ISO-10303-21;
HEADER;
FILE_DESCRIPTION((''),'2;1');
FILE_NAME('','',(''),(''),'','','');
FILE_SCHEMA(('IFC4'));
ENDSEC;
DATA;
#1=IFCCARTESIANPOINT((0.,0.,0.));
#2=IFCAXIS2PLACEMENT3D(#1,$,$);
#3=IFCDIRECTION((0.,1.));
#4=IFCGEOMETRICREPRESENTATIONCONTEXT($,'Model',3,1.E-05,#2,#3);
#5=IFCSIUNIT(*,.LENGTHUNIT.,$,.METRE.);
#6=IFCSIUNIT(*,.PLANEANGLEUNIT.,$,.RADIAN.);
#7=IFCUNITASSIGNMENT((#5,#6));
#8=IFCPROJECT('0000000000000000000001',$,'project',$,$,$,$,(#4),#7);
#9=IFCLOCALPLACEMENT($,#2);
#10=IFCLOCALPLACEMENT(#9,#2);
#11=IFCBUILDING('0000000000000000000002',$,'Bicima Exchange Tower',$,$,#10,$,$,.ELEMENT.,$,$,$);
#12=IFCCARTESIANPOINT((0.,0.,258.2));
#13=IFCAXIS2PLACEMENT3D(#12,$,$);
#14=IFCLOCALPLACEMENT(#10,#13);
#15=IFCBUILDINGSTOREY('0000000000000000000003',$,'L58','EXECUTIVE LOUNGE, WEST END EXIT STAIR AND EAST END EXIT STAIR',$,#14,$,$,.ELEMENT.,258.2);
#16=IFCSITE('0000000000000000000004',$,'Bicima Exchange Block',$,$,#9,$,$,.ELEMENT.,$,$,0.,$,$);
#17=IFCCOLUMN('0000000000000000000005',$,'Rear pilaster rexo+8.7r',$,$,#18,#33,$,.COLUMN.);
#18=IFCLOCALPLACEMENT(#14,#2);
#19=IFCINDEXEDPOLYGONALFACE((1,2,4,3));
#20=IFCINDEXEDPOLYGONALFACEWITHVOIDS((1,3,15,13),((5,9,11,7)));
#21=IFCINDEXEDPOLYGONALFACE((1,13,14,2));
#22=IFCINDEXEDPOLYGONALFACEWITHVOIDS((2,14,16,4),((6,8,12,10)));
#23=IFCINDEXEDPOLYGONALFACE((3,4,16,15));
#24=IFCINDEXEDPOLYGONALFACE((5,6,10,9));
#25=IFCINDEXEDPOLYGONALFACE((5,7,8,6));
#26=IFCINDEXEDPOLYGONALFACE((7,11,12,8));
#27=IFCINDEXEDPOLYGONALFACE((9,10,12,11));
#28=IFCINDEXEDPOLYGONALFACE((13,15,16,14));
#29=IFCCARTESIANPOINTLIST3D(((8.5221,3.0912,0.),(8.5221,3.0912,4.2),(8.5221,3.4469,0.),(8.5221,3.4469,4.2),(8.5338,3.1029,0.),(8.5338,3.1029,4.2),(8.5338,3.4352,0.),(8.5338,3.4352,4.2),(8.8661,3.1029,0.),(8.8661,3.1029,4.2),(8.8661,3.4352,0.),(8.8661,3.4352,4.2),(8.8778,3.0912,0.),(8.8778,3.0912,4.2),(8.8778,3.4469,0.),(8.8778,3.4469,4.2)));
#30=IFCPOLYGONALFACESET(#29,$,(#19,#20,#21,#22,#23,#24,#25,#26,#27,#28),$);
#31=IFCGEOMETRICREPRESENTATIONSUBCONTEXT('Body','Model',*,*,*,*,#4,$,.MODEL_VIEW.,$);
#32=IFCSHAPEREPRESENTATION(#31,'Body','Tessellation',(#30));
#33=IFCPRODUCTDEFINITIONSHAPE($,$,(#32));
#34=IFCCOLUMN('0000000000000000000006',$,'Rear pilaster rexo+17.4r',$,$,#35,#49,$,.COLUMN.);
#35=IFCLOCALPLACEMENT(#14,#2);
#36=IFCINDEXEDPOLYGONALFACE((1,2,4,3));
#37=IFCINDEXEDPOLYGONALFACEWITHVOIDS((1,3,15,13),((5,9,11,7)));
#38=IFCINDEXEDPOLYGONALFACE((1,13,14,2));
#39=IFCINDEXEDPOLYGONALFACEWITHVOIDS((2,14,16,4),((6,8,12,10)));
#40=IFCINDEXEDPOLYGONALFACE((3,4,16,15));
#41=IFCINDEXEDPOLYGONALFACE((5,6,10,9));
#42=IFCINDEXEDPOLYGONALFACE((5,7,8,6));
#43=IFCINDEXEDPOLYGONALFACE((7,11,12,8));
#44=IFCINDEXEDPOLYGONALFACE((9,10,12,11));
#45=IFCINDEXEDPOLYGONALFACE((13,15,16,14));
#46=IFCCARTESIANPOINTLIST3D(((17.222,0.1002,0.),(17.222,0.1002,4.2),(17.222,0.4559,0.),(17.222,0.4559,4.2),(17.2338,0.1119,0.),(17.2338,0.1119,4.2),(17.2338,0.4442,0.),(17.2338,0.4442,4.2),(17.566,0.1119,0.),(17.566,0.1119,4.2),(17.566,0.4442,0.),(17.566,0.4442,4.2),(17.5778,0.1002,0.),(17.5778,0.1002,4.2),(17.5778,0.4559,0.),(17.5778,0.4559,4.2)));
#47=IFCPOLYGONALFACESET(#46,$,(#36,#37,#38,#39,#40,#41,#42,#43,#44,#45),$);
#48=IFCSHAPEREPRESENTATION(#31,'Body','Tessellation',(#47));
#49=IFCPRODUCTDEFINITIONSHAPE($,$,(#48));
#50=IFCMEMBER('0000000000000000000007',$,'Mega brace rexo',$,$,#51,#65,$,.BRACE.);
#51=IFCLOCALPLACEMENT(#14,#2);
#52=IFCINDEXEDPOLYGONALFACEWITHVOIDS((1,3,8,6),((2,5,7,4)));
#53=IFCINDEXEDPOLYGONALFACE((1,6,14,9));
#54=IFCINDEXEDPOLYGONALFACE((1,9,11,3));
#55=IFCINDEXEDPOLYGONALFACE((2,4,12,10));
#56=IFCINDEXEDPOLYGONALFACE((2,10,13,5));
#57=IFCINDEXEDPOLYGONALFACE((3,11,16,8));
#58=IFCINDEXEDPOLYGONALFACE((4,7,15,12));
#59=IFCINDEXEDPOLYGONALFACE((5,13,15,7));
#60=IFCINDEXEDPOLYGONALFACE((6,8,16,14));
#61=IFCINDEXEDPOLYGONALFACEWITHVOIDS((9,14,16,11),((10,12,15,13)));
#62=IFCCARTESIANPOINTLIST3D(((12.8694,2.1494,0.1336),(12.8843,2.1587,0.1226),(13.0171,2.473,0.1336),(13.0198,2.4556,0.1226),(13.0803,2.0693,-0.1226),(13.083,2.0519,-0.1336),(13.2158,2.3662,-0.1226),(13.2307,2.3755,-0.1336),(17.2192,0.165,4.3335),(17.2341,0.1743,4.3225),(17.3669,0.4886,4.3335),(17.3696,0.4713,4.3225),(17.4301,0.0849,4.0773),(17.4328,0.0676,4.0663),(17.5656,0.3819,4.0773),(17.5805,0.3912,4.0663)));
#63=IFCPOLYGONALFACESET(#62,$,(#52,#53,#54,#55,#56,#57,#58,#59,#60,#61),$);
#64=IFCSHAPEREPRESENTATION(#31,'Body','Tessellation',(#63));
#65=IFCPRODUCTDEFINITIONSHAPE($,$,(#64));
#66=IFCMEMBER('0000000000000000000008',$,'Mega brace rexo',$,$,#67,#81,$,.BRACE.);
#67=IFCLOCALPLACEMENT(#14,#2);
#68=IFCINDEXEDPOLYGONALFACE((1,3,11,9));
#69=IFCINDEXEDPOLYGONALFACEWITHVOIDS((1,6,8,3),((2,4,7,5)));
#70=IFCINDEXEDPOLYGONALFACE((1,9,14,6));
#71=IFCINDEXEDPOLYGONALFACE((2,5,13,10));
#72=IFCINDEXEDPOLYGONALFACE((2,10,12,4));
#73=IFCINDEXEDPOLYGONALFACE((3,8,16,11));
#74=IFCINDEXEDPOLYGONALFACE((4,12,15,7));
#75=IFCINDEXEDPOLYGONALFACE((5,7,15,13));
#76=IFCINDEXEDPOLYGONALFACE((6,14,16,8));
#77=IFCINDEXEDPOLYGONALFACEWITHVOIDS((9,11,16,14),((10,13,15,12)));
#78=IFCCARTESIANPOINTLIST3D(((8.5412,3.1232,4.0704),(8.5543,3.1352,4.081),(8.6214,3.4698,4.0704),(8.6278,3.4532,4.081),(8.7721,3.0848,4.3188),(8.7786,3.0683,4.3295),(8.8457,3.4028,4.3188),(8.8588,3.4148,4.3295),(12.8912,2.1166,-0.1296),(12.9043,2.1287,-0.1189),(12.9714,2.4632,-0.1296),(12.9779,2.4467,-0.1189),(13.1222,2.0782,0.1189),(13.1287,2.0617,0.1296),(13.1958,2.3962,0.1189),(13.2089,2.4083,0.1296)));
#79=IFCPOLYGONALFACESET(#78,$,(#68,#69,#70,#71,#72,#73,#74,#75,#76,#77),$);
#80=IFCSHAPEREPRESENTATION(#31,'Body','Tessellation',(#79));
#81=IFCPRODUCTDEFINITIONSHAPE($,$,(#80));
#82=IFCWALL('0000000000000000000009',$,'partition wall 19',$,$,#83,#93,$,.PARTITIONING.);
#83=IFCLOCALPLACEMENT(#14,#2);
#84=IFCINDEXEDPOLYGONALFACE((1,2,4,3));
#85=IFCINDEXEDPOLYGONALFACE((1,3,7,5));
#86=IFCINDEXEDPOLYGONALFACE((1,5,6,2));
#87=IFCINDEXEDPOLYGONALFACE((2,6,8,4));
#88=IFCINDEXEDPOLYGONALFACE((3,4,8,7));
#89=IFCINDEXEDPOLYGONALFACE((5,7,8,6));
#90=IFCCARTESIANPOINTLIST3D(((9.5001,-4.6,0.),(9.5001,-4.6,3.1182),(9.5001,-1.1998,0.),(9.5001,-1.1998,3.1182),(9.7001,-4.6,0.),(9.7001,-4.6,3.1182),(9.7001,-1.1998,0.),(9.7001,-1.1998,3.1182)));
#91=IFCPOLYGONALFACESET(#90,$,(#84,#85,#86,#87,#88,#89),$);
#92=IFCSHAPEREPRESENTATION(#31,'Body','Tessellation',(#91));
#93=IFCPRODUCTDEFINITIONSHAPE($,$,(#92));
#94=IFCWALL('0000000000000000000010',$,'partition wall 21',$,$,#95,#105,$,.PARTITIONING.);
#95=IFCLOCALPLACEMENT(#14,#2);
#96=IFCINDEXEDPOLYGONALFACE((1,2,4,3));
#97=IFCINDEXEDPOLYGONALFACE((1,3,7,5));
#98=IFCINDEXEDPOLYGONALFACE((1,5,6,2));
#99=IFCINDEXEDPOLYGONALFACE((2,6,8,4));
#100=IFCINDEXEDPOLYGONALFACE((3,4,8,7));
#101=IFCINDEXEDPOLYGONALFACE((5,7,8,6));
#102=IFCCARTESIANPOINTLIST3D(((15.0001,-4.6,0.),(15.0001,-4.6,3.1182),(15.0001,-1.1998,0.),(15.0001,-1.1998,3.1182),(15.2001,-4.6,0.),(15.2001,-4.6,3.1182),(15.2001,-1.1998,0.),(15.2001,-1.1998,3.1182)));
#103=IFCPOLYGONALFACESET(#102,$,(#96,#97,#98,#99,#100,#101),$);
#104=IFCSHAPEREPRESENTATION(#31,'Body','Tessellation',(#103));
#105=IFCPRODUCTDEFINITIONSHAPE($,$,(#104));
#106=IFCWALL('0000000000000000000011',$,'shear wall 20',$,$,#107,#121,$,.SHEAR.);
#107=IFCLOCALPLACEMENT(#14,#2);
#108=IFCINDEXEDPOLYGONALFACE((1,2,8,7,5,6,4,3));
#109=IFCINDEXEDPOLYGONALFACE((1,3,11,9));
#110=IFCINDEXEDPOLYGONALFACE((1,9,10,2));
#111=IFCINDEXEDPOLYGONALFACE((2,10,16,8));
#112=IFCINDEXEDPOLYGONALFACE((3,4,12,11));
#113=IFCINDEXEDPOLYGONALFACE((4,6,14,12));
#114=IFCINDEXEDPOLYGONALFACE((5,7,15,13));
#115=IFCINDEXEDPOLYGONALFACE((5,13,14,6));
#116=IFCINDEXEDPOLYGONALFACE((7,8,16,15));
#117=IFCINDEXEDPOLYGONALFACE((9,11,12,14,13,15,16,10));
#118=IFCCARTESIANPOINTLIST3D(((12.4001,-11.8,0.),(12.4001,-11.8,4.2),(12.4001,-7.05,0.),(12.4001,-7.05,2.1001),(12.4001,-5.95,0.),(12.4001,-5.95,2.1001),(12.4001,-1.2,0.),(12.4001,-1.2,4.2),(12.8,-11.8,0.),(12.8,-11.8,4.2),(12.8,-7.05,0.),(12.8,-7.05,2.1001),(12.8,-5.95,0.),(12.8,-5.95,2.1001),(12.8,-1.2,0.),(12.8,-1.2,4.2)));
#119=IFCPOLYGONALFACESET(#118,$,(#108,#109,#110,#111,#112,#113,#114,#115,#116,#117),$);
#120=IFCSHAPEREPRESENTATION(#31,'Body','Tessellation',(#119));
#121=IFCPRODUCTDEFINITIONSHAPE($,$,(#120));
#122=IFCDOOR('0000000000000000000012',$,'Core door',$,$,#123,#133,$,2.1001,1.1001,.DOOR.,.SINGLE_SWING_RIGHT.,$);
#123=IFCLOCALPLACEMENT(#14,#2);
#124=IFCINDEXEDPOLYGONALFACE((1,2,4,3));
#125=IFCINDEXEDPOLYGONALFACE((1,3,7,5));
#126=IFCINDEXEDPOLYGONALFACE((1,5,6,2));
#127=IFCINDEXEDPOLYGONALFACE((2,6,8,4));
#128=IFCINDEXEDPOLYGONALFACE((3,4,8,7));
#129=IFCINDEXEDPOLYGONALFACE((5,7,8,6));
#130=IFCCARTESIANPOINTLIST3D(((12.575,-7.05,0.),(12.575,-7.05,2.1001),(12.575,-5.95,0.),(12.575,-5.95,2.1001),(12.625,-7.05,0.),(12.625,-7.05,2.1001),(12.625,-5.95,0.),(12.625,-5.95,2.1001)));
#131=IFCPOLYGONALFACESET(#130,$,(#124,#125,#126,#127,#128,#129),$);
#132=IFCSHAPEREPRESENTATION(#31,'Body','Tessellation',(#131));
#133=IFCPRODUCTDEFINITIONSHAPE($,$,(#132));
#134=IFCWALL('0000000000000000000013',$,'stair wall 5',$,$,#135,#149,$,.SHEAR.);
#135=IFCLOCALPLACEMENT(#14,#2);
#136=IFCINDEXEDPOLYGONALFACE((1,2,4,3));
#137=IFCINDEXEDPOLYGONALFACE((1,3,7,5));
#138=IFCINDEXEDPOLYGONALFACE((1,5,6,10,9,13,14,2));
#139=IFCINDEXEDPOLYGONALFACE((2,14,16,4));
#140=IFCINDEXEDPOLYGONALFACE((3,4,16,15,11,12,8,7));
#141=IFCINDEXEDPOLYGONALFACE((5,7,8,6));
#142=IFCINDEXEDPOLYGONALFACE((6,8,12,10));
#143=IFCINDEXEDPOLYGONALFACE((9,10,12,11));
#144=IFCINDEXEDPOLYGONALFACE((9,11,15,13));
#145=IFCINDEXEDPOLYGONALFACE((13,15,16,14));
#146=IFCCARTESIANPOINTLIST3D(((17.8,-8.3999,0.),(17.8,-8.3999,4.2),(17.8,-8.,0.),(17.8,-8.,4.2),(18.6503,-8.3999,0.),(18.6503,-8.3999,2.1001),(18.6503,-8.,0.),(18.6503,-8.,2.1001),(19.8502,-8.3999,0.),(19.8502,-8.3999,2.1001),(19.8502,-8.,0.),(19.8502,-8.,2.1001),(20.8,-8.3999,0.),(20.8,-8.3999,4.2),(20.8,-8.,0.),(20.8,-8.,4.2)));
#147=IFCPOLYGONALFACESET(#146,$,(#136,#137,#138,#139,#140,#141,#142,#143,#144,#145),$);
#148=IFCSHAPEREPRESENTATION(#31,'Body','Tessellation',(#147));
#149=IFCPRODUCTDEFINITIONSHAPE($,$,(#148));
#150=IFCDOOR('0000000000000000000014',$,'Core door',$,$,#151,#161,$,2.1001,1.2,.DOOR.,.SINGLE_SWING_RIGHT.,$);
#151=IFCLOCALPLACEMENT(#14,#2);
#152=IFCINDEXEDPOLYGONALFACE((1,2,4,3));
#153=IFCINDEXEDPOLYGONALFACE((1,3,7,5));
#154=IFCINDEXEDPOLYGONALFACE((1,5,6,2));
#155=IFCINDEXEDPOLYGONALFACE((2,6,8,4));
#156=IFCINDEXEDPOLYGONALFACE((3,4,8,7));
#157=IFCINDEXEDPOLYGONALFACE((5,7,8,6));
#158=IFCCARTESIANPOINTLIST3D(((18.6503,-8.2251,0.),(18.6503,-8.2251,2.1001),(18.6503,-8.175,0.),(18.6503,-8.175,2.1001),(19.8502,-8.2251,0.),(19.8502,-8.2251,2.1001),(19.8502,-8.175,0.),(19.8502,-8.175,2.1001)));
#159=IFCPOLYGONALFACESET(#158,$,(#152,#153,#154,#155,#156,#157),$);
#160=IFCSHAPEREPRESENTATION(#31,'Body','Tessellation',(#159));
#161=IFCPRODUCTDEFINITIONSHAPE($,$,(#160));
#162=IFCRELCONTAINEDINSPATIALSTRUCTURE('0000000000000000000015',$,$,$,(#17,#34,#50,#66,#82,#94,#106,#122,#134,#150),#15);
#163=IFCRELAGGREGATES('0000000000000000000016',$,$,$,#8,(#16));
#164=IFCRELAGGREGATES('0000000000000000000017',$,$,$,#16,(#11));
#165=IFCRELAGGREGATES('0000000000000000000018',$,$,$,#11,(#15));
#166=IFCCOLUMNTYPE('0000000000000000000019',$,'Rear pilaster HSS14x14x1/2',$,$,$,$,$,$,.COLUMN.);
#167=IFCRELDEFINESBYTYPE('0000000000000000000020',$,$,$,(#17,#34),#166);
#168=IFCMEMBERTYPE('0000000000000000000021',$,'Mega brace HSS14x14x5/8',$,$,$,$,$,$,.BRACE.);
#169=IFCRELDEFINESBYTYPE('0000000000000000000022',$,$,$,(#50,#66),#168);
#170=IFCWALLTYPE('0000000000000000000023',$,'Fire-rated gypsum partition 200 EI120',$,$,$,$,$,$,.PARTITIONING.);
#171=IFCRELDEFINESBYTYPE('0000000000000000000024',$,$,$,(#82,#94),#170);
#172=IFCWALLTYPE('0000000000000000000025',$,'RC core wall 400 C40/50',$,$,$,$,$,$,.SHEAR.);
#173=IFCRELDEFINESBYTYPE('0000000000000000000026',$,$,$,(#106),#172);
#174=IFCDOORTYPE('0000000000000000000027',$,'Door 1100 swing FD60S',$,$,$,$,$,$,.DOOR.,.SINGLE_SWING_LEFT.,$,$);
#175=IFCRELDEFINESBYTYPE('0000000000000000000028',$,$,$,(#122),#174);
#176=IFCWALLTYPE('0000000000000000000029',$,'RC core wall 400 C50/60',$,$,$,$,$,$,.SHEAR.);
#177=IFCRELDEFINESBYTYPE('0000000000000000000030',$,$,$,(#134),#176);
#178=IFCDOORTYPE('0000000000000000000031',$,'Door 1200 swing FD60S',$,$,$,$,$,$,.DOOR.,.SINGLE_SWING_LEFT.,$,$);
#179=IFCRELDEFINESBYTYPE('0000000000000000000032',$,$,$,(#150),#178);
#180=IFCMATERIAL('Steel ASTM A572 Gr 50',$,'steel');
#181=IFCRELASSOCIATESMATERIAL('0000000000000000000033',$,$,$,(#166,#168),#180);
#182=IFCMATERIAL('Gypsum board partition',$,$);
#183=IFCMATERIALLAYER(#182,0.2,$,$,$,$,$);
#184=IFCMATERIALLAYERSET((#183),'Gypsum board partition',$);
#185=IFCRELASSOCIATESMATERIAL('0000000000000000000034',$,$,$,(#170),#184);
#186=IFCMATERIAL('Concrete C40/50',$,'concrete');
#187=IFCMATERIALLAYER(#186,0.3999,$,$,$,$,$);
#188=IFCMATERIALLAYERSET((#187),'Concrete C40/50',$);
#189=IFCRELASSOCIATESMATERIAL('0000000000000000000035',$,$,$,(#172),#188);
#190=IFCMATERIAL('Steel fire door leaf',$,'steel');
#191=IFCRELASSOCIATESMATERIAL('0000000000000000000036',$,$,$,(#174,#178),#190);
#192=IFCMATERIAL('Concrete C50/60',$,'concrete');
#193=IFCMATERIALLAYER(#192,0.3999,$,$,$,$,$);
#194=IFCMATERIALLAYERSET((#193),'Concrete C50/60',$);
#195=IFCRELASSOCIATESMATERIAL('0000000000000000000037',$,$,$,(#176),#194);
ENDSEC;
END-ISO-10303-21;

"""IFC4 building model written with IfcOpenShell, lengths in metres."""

from ifc_helpers import new_model, si_unit, direction, frame, frame_2d, origin, origin_2d, place, context, subcontext, project, spatial, rectangle, hollow_rectangle, extrude, material, layer, layer_set, material_profile, profile_set, type_object, element, fill, save


model = new_model("IFC4")

# Units and contexts
model_context = context("Model", 3, precision=1e-05, world=origin(), true_north=direction((0.0, 1.0)))
body_context = subcontext(model_context, "Body", "Model", "MODEL_VIEW")
ifc_project = project(units=[si_unit("LENGTHUNIT", "METRE"), si_unit("PLANEANGLEUNIT", "RADIAN")], contexts=[model_context])

# Site, building, storey
site_placement = place(None, origin())
site = spatial("IfcSite", under=ifc_project, at=site_placement, Name="Bicima Exchange Block", CompositionType="ELEMENT", RefElevation=0.0)
building_placement = place(site_placement, origin())
building = spatial("IfcBuilding", under=site, at=building_placement, Name="Bicima Exchange Tower", CompositionType="ELEMENT")
storey_placement = place(building_placement, frame((0.0, 0.0, 258.2)))
storey = spatial("IfcBuildingStorey", under=building, at=storey_placement, Name="L58", Description="EXECUTIVE LOUNGE, WEST END EXIT STAIR AND EAST END EXIT STAIR", CompositionType="ELEMENT", Elevation=258.2)

# Columns
ifc_material_1 = material(Name="Steel ASTM A572 Gr 50", Category="steel")
ifc_material_profile_1 = material_profile(ifc_material_1, hollow_rectangle(XDim=0.3557, YDim=0.3557, WallThickness=0.0117, at=origin_2d()))
ifc_profile_set_1 = profile_set([ifc_material_profile_1], Name="Steel ASTM A572 Gr 50")
column_type = type_object("IfcColumnType", Name="Rear pilaster HSS14x14x1/2", PredefinedType="COLUMN", material=ifc_profile_set_1)
for number, where, z_axis, x_axis, name in (
    (1, (8.7, 3.269, 0.0), (0.0, 0.0, 1.0), (1.0, 0.0, 0.0), "Rear pilaster rexo+8.7r"),
    (2, (17.3999, 0.2781, 0.0), (0.0, 0.0, 1.0), (1.0, 0.0, 0.0), "Rear pilaster rexo+17.4r"),
):
    element("IfcColumn", number, at=place(storey_placement, frame(where, z_axis=z_axis, x_axis=x_axis)), inside=storey, type_object=column_type, Name=name, PredefinedType="COLUMN", context=body_context, shape_type="SweptSolid", body=[
        extrude(hollow_rectangle(XDim=0.3557, YDim=0.3557, WallThickness=0.0117, at=origin_2d()), origin(), (0.0, 0.0, 1.0), 4.2),
    ])

# Members
ifc_material_profile_2 = material_profile(ifc_material_1, hollow_rectangle(XDim=0.3557, YDim=0.3557, WallThickness=0.0146, at=origin_2d()))
ifc_profile_set_2 = profile_set([ifc_material_profile_2], Name="Steel ASTM A572 Gr 50")
member_type = type_object("IfcMemberType", Name="Mega brace HSS14x14x5/8", PredefinedType="BRACE", material=ifc_profile_set_2)
member_1_placement = place(storey_placement, frame((13.05, 2.2625, 0.0), z_axis=(0.683526, -0.31182, 0.65997), x_axis=(0.415045, 0.909801, 0.0)))
element("IfcMember", 3, at=member_1_placement, inside=storey, type_object=member_type, Name="Mega brace rexo", PredefinedType="BRACE", context=body_context, shape_type="SweptSolid", body=[
    extrude(hollow_rectangle(XDim=0.3557, YDim=0.3557, WallThickness=0.0146, at=origin_2d()), origin(), (0.0, 0.0, 1.0), 6.3638),
])
member_2_placement = place(storey_placement, frame((13.05, 2.2625, 0.0), z_axis=(-0.709648, 0.164209, 0.685154), x_axis=(-0.225439, -0.974257, 0.0)))
element("IfcMember", 4, at=member_2_placement, inside=storey, type_object=member_type, Name="Mega brace rexo", PredefinedType="BRACE", context=body_context, shape_type="SweptSolid", body=[
    extrude(hollow_rectangle(XDim=0.3557, YDim=0.3557, WallThickness=0.0146, at=origin_2d()), origin(), (0.0, 0.0, 1.0), 6.1299),
])

# Walls
ifc_material_2 = material(Name="Gypsum board partition")
ifc_layer_1 = layer(ifc_material_2, 0.2)
ifc_layer_set_1 = layer_set([ifc_layer_1], Name="Gypsum board partition")
wall_type_1 = type_object("IfcWallType", Name="Fire-rated gypsum partition 200 EI120", PredefinedType="PARTITIONING", material=ifc_layer_set_1)
for number, where, z_axis, x_axis, name in (
    (5, (9.6001, -4.6001, 0.0), (0.0, 0.0, 1.0), (0.0, 1.0, 0.0), "partition wall 19"),
    (6, (15.1001, -4.6001, 0.0), (0.0, 0.0, 1.0), (0.0, 1.0, 0.0), "partition wall 21"),
):
    element("IfcWall", number, at=place(storey_placement, frame(where, z_axis=z_axis, x_axis=x_axis)), inside=storey, type_object=wall_type_1, Name=name, PredefinedType="PARTITIONING", context=body_context, shape_type="SweptSolid", body=[
        extrude(rectangle(XDim=3.4001, YDim=0.2, at=frame_2d((1.7002, 0.0))), origin(), (0.0, 0.0, 1.0), 3.1182),
    ])

# Walls, openings, doors
ifc_material_3 = material(Name="Concrete C40/50", Category="concrete")
ifc_layer_2 = layer(ifc_material_3, 0.3999)
ifc_layer_set_2 = layer_set([ifc_layer_2], Name="Concrete C40/50")
wall_type_2 = type_object("IfcWallType", Name="RC core wall 400 C40/50", PredefinedType="SHEAR", material=ifc_layer_set_2)
wall_1_placement = place(storey_placement, frame((12.6001, -11.8, 0.0), z_axis=(0.0, 0.0, 1.0), x_axis=(0.0, 1.0, 0.0)))
wall_1 = element("IfcWall", 7, at=wall_1_placement, inside=storey, type_object=wall_type_2, Name="shear wall 20", PredefinedType="SHEAR", context=body_context, shape_type="SweptSolid", body=[
    extrude(rectangle(XDim=10.6001, YDim=0.3999, at=frame_2d((5.3, 0.0))), origin(), (0.0, 0.0, 1.0), 4.2),
])
opening_1_placement = place(wall_1_placement, frame((4.75, 0.0, 0.0)))
opening_1 = element("IfcOpeningElement", 8, at=opening_1_placement, cuts=wall_1, PredefinedType="OPENING", context=body_context, shape_type="SweptSolid", body=[
    extrude(rectangle(XDim=1.1001, YDim=2.1001, at=frame_2d((0.55, 1.05))), frame((0.0, 0.2119, 0.0), z_axis=(0.0, -1.0, 0.0), x_axis=(1.0, 0.0, 0.0)), (0.0, 0.0, 1.0), 0.4238),
])
ifc_material_4 = material(Name="Steel fire door leaf", Category="steel")
door_type_1 = type_object("IfcDoorType", Name="Door 1100 swing FD60S", OperationType="SINGLE_SWING_LEFT", PredefinedType="DOOR", material=ifc_material_4)
door_1_placement = place(opening_1_placement, frame((1.1001, 0.0, 0.0), z_axis=(0.0, 0.0, 1.0), x_axis=(-1.0, 0.0, 0.0)))
door_1 = element("IfcDoor", 9, at=door_1_placement, inside=storey, type_object=door_type_1, Name="Core door", OperationType="SINGLE_SWING_RIGHT", OverallHeight=2.1001, OverallWidth=1.1001, PredefinedType="DOOR", context=body_context, shape_type="SweptSolid", body=[
    extrude(rectangle(XDim=1.1001, YDim=2.1001, at=frame_2d((0.55, 1.05))), frame((0.0, 0.0249, 0.0), z_axis=(0.0, -1.0, 0.0), x_axis=(1.0, 0.0, 0.0)), (0.0, 0.0, 1.0), 0.05),
])
fill(opening_1, door_1)
ifc_material_5 = material(Name="Concrete C50/60", Category="concrete")
ifc_layer_3 = layer(ifc_material_5, 0.3999)
ifc_layer_set_3 = layer_set([ifc_layer_3], Name="Concrete C50/60")
wall_type_3 = type_object("IfcWallType", Name="RC core wall 400 C50/60", PredefinedType="SHEAR", material=ifc_layer_set_3)
wall_2_placement = place(storey_placement, frame((17.8, -8.2, 0.0), z_axis=(0.0, 0.0, 1.0), x_axis=(1.0, 0.0, 0.0)))
wall_2 = element("IfcWall", 10, at=wall_2_placement, inside=storey, type_object=wall_type_3, Name="stair wall 5", PredefinedType="SHEAR", context=body_context, shape_type="SweptSolid", body=[
    extrude(rectangle(XDim=3.0, YDim=0.3999, at=frame_2d((1.5, 0.0))), origin(), (0.0, 0.0, 1.0), 4.2),
])
opening_2_placement = place(wall_2_placement, frame((0.8501, 0.0, 0.0)))
opening_2 = element("IfcOpeningElement", 11, at=opening_2_placement, cuts=wall_2, PredefinedType="OPENING", context=body_context, shape_type="SweptSolid", body=[
    extrude(rectangle(XDim=1.2, YDim=2.1001, at=frame_2d((0.6001, 1.05))), frame((0.0, 0.2119, 0.0), z_axis=(0.0, -1.0, 0.0), x_axis=(1.0, 0.0, 0.0)), (0.0, 0.0, 1.0), 0.4238),
])
door_type_2 = type_object("IfcDoorType", Name="Door 1200 swing FD60S", OperationType="SINGLE_SWING_LEFT", PredefinedType="DOOR", material=ifc_material_4)
door_2_placement = place(opening_2_placement, origin())
door_2 = element("IfcDoor", 12, at=door_2_placement, inside=storey, type_object=door_type_2, Name="Core door", OperationType="SINGLE_SWING_RIGHT", OverallHeight=2.1001, OverallWidth=1.2, PredefinedType="DOOR", context=body_context, shape_type="SweptSolid", body=[
    extrude(rectangle(XDim=1.2, YDim=2.1001, at=frame_2d((0.6001, 1.05))), frame((0.0, 0.0249, 0.0), z_axis=(0.0, -1.0, 0.0), x_axis=(1.0, 0.0, 0.0)), (0.0, 0.0, 1.0), 0.05),
])
fill(opening_2, door_2)

save(model, "model.ifc")
